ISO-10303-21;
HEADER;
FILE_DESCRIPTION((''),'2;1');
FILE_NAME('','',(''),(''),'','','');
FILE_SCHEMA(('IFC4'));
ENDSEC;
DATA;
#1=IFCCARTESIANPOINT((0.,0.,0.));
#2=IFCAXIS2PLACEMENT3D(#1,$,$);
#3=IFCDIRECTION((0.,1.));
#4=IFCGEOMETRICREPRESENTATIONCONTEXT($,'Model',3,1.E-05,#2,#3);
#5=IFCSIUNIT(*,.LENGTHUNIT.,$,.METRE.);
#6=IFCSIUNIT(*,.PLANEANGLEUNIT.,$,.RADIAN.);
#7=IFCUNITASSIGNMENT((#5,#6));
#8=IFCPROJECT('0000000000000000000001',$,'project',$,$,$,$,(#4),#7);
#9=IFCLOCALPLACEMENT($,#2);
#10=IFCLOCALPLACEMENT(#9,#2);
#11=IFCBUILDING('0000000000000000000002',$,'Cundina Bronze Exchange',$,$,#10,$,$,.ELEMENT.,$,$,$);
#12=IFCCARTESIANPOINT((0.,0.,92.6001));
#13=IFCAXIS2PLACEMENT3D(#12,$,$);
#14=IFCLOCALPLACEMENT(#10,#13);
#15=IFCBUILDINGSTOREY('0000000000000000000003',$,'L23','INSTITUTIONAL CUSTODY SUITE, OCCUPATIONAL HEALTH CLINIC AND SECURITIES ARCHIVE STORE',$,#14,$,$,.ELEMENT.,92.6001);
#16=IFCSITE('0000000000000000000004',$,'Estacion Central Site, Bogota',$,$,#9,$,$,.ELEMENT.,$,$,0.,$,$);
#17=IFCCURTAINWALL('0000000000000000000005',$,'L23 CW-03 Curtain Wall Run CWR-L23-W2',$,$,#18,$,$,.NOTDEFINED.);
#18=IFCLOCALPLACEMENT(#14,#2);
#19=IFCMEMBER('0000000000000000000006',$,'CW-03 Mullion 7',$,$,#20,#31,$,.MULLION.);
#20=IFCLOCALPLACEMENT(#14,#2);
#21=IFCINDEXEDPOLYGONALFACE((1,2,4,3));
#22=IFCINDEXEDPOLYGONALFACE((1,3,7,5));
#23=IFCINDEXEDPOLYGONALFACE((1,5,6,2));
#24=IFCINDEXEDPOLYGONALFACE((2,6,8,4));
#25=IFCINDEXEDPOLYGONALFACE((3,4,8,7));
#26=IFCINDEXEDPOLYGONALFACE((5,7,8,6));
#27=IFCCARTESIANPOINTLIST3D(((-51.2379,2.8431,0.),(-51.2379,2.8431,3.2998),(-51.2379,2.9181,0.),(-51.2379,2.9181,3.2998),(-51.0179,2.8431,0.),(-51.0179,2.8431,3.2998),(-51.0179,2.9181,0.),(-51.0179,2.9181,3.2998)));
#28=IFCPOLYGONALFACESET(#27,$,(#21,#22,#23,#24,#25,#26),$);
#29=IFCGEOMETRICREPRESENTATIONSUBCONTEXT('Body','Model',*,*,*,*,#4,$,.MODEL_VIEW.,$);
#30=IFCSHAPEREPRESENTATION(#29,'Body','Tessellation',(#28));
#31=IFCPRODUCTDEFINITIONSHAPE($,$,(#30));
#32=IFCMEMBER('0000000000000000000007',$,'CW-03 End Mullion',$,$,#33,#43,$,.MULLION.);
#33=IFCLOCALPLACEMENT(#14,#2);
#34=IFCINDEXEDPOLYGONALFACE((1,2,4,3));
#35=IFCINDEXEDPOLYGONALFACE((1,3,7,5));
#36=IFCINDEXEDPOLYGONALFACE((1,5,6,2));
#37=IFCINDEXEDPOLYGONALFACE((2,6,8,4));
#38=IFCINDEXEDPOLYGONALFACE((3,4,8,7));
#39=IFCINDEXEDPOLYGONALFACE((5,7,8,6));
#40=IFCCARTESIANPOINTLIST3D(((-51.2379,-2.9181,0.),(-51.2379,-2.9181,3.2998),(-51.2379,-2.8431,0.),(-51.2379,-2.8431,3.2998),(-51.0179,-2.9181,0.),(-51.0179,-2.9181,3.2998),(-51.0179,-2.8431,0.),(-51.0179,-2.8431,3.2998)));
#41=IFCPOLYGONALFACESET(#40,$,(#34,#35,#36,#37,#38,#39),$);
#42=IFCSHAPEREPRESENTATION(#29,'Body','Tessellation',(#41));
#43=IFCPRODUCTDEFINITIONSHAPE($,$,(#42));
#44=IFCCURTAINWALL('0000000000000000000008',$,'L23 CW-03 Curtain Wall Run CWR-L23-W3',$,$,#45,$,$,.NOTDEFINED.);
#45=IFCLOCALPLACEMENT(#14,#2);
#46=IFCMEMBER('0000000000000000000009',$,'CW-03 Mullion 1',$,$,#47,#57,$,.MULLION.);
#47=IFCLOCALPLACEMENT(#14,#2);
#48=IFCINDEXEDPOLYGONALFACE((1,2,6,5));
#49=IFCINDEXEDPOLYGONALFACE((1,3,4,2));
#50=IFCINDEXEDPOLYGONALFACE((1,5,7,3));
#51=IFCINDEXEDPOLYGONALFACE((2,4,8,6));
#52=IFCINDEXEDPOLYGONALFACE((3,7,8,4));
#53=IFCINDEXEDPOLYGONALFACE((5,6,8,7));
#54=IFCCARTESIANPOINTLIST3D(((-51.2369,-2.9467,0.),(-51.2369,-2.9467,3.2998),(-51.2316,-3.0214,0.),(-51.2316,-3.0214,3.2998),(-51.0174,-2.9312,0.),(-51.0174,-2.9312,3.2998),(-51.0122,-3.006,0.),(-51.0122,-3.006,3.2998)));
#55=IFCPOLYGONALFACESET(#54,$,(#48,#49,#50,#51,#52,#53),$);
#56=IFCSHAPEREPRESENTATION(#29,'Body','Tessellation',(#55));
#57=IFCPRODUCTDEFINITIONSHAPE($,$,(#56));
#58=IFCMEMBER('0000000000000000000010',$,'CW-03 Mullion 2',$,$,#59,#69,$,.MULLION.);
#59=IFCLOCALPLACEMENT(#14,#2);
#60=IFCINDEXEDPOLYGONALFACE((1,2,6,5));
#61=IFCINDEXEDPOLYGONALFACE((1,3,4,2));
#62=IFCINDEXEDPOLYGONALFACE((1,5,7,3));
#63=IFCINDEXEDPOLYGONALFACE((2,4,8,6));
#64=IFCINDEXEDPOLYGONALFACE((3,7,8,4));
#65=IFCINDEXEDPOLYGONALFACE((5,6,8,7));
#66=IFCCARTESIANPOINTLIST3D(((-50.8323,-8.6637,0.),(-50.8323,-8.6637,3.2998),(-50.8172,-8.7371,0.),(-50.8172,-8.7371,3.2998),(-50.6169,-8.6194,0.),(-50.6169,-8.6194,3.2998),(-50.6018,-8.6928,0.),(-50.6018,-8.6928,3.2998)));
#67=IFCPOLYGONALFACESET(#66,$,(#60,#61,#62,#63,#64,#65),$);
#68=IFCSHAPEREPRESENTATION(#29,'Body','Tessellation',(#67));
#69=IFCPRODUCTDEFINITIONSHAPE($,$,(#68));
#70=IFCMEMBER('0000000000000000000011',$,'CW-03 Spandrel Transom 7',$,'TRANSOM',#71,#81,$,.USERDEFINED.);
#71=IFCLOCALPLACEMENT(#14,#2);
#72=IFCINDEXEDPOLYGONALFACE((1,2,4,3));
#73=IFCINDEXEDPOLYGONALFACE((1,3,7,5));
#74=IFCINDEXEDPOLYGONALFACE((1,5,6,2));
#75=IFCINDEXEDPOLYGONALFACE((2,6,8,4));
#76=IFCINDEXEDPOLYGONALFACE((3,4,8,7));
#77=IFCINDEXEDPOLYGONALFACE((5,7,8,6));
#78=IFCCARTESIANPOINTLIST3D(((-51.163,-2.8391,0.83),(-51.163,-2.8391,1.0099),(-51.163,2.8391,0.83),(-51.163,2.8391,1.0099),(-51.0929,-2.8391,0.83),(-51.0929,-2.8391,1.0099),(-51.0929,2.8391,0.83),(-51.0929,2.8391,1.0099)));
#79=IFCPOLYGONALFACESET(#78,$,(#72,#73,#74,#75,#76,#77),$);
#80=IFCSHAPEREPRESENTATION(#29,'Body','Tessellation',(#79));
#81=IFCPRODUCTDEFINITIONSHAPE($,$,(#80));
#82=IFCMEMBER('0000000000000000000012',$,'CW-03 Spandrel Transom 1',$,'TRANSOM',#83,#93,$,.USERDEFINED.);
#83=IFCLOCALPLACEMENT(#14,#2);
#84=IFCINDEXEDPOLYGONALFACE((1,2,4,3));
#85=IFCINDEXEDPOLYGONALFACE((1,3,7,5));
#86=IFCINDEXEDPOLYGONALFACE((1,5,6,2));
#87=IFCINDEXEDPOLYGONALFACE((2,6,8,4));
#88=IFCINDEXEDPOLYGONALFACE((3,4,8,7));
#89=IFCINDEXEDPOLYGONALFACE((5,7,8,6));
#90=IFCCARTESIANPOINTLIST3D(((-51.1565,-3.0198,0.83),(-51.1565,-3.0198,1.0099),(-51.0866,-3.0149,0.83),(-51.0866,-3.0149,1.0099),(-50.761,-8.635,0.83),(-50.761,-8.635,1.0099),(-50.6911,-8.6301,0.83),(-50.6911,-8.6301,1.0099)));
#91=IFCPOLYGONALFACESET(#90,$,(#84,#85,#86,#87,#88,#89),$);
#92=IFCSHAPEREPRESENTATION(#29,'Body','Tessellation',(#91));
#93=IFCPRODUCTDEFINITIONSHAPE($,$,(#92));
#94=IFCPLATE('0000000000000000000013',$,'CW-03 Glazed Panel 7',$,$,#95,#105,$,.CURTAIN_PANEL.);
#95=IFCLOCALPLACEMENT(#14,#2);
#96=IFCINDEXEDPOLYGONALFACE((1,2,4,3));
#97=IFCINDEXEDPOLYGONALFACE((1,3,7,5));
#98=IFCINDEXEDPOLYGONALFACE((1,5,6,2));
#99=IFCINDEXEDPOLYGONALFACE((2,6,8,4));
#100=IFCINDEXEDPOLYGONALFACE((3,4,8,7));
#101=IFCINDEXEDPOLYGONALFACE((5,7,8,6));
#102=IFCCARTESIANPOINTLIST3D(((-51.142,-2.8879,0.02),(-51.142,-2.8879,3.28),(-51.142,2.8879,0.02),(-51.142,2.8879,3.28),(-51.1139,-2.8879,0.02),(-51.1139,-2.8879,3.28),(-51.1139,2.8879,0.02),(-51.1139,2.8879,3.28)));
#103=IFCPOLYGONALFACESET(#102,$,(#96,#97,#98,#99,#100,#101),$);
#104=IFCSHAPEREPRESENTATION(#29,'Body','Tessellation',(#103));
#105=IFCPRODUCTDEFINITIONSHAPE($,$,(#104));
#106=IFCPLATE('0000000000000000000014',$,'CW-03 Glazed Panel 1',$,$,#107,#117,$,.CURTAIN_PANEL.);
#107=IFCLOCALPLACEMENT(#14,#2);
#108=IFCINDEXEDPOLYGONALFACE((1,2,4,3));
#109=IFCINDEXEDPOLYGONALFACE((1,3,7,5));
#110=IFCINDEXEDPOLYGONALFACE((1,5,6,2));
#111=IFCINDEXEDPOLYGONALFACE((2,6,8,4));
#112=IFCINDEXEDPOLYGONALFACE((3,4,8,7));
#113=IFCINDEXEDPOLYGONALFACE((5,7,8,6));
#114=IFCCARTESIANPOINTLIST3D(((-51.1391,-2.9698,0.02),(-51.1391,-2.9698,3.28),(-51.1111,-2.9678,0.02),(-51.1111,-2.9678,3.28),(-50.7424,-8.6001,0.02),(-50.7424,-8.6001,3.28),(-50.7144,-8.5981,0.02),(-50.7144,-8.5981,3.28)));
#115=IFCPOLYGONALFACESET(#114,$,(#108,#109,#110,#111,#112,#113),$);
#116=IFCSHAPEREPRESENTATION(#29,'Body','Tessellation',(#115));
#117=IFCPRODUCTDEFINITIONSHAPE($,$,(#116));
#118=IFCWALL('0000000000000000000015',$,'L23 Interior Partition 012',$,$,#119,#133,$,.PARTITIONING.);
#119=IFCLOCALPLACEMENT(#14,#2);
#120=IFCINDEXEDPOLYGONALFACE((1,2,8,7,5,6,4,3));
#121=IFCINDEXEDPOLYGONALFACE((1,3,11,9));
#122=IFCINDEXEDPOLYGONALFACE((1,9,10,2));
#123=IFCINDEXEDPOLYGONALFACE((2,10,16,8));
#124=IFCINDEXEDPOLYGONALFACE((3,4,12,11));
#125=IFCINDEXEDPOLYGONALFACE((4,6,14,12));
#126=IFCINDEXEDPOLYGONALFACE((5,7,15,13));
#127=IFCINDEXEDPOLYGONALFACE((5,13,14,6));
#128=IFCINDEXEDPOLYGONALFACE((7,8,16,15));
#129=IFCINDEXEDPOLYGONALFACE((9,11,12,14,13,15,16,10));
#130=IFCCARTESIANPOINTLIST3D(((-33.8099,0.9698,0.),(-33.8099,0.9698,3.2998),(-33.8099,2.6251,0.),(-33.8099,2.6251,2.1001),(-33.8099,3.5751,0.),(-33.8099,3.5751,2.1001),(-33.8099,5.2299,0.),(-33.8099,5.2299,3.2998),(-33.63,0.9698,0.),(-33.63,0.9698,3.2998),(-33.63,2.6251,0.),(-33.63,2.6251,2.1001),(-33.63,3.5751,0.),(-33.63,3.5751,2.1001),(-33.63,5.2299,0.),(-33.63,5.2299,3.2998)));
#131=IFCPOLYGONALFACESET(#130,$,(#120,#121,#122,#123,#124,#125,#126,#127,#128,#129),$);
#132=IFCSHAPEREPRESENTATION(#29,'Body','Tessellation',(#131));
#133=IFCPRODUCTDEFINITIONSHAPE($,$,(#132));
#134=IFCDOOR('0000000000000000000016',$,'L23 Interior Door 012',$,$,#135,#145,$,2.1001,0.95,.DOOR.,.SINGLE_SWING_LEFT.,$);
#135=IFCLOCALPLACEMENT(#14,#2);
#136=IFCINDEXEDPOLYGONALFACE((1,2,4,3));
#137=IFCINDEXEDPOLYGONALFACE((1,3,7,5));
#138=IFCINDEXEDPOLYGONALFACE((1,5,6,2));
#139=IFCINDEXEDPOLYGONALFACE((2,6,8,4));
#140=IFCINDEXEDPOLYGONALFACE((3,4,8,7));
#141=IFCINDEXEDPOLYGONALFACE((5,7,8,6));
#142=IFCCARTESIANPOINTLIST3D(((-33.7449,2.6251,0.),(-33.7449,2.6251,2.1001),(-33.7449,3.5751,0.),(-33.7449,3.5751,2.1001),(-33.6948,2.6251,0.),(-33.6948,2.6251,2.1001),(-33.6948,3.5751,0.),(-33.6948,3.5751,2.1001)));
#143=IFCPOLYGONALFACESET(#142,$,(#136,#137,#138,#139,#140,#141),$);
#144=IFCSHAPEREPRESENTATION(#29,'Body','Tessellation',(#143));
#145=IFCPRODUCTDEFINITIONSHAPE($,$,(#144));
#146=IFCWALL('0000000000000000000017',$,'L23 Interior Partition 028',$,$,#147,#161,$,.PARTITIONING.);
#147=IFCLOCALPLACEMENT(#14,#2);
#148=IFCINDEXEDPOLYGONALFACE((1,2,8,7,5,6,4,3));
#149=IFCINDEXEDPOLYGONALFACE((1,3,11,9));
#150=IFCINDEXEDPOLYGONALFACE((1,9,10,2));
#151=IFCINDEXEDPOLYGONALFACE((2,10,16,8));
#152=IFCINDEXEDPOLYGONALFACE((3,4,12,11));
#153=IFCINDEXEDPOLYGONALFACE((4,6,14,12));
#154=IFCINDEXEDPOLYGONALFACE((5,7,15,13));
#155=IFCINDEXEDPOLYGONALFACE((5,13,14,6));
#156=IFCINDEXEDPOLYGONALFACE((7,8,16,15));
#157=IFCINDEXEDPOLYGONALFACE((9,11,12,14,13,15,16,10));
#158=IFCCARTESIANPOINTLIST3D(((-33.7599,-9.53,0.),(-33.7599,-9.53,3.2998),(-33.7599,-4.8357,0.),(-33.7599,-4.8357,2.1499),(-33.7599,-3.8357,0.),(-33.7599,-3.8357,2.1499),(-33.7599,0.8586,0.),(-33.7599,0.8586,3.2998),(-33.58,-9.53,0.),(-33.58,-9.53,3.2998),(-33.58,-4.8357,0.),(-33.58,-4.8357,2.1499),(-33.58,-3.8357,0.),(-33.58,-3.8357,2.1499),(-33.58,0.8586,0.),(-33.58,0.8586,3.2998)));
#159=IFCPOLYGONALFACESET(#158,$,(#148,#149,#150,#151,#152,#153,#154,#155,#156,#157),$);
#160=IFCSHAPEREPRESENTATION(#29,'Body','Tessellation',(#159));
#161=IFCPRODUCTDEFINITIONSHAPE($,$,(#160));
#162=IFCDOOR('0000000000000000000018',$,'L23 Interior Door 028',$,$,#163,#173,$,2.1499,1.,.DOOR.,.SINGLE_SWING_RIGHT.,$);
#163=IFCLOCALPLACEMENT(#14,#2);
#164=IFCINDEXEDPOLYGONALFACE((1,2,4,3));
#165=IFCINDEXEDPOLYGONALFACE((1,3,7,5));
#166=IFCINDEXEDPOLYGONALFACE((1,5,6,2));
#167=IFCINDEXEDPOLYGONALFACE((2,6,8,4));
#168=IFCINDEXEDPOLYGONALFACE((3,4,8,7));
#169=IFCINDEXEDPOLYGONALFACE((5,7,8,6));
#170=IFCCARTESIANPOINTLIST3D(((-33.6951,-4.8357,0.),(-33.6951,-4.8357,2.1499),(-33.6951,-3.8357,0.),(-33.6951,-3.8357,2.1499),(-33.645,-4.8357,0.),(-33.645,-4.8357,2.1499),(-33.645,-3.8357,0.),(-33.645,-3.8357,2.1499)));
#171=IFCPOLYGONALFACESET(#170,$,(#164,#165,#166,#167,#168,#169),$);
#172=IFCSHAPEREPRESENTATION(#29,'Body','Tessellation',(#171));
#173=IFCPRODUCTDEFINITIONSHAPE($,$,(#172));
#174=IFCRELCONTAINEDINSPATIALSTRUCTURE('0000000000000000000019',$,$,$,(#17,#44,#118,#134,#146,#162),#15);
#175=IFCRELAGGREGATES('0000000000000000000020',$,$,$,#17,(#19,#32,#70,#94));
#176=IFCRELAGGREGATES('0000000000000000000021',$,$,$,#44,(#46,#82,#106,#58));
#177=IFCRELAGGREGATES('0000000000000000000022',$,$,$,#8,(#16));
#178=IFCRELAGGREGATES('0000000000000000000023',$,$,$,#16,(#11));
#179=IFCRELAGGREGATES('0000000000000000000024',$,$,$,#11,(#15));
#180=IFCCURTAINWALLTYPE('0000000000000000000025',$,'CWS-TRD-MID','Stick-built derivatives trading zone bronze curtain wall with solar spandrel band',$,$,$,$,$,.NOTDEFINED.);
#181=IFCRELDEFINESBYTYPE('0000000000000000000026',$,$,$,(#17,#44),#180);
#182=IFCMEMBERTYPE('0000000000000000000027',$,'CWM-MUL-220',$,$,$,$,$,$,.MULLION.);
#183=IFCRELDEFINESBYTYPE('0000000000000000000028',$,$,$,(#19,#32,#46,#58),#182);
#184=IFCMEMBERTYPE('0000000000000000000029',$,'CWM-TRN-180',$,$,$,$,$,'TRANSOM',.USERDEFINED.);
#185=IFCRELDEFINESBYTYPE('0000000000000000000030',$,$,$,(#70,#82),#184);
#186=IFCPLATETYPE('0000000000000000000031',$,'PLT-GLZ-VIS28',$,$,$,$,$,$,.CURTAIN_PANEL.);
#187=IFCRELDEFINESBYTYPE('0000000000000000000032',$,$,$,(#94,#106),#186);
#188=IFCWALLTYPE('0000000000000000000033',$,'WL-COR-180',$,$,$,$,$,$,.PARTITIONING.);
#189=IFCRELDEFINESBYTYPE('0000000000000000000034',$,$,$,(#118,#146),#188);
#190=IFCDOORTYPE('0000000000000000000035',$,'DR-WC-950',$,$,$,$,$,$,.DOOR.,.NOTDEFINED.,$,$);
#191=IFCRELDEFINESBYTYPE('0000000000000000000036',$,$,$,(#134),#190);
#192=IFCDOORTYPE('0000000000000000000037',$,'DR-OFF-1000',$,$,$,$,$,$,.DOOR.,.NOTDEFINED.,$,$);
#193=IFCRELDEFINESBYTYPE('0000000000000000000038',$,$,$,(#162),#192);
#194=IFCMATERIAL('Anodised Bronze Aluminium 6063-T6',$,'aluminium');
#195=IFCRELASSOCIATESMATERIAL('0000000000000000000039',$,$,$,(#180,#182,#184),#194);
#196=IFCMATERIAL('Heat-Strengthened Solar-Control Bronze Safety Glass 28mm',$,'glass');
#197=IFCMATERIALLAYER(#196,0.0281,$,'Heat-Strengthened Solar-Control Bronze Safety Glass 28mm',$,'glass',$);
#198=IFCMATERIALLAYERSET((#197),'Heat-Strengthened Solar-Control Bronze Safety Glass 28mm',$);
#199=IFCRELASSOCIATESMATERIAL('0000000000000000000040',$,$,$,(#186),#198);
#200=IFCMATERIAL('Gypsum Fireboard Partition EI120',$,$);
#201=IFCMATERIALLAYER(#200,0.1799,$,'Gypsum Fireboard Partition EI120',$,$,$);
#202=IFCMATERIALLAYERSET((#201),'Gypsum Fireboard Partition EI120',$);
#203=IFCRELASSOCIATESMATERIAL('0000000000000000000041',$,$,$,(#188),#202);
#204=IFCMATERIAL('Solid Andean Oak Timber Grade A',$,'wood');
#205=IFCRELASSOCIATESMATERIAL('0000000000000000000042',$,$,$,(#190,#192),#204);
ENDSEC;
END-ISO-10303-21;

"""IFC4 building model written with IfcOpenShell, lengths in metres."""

from ifc_helpers import new_model, si_unit, direction, frame, frame_2d, origin, origin_2d, place, context, subcontext, project, spatial, rectangle, extrude, material, layer, layer_set, material_profile, profile_set, type_object, element, fill, aggregate, save


model = new_model("IFC4")

# Units and contexts
model_context = context("Model", 3, precision=1e-05, world=origin(), true_north=direction((0.0, 1.0)))
body_context = subcontext(model_context, "Body", "Model", "MODEL_VIEW")
ifc_project = project(units=[si_unit("LENGTHUNIT", "METRE"), si_unit("PLANEANGLEUNIT", "RADIAN")], contexts=[model_context])

# Site, building, storey
site_placement = place(None, origin())
site = spatial("IfcSite", under=ifc_project, at=site_placement, Name="Estacion Central Site, Bogota", CompositionType="ELEMENT", RefElevation=0.0)
building_placement = place(site_placement, origin())
building = spatial("IfcBuilding", under=site, at=building_placement, Name="Cundina Bronze Exchange", CompositionType="ELEMENT")
storey_placement = place(building_placement, frame((0.0, 0.0, 92.6001)))
storey = spatial("IfcBuildingStorey", under=building, at=storey_placement, Name="L23", Description="INSTITUTIONAL CUSTODY SUITE, OCCUPATIONAL HEALTH CLINIC AND SECURITIES ARCHIVE STORE", CompositionType="ELEMENT", Elevation=92.6001)

# Curtain walls, members
ifc_material_1 = material(Name="Anodised Bronze Aluminium 6063-T6", Category="aluminium")
curtain_wall_type = type_object("IfcCurtainWallType", Name="CWS-TRD-MID", Description="Stick-built derivatives trading zone bronze curtain wall with solar spandrel band", PredefinedType="NOTDEFINED", material=ifc_material_1)
curtain_wall_1_placement = place(storey_placement, origin())
curtain_wall_1 = element("IfcCurtainWall", 1, at=curtain_wall_1_placement, inside=storey, type_object=curtain_wall_type, Name="L23 CW-03 Curtain Wall Run CWR-L23-W2", PredefinedType="NOTDEFINED")
ifc_material_profile_1 = material_profile(ifc_material_1, rectangle(XDim=0.075, YDim=0.22, at=origin_2d()), Name="AL75X220", Category="aluminium")
ifc_profile_set_1 = profile_set([ifc_material_profile_1], Name="Anodised Bronze Aluminium 6063-T6")
member_type_1 = type_object("IfcMemberType", Name="CWM-MUL-220", PredefinedType="MULLION", material=ifc_profile_set_1)
member_1_placement = place(storey_placement, frame((-51.1279, 2.8806, 0.0), z_axis=(0.0, 0.0, 1.0), x_axis=(0.0, -1.0, 0.0)))
member_1 = element("IfcMember", 2, at=member_1_placement, type_object=member_type_1, Name="CW-03 Mullion 7", PredefinedType="MULLION", context=body_context, shape_type="SweptSolid", body=[
    extrude(rectangle(XDim=0.075, YDim=0.22, at=origin_2d()), origin(), (0.0, 0.0, 1.0), 3.2998),
])
member_2_placement = place(storey_placement, frame((-51.1279, -2.8806, 0.0), z_axis=(0.0, 0.0, 1.0), x_axis=(0.0, -1.0, 0.0)))
member_2 = element("IfcMember", 3, at=member_2_placement, type_object=member_type_1, Name="CW-03 End Mullion", PredefinedType="MULLION", context=body_context, shape_type="SweptSolid", body=[
    extrude(rectangle(XDim=0.075, YDim=0.22, at=origin_2d()), origin(), (0.0, 0.0, 1.0), 3.2998),
])
curtain_wall_2_placement = place(storey_placement, origin())
curtain_wall_2 = element("IfcCurtainWall", 4, at=curtain_wall_2_placement, inside=storey, type_object=curtain_wall_type, Name="L23 CW-03 Curtain Wall Run CWR-L23-W3", PredefinedType="NOTDEFINED")
member_3_placement = place(storey_placement, frame((-51.1245, -2.9763, 0.0), z_axis=(0.0, 0.0, 1.0), x_axis=(0.070279, -0.997527, 0.0)))
member_3 = element("IfcMember", 5, at=member_3_placement, type_object=member_type_1, Name="CW-03 Mullion 1", PredefinedType="MULLION", context=body_context, shape_type="SweptSolid", body=[
    extrude(rectangle(XDim=0.075, YDim=0.22, at=origin_2d()), origin(), (0.0, 0.0, 1.0), 3.2998),
])
member_4_placement = place(storey_placement, frame((-50.717, -8.6782, 0.0), z_axis=(0.0, 0.0, 1.0), x_axis=(0.20142, -0.979505, 0.0)))
member_4 = element("IfcMember", 6, at=member_4_placement, type_object=member_type_1, Name="CW-03 Mullion 2", PredefinedType="MULLION", context=body_context, shape_type="SweptSolid", body=[
    extrude(rectangle(XDim=0.075, YDim=0.22, at=origin_2d()), origin(), (0.0, 0.0, 1.0), 3.2998),
])

# Members
ifc_material_profile_2 = material_profile(ifc_material_1, rectangle(XDim=0.0701, YDim=0.1799, at=origin_2d()), Name="AL70X180", Category="aluminium")
ifc_profile_set_2 = profile_set([ifc_material_profile_2], Name="Anodised Bronze Aluminium 6063-T6")
member_type_2 = type_object("IfcMemberType", Name="CWM-TRN-180", ElementType="TRANSOM", PredefinedType="USERDEFINED", material=ifc_profile_set_2)
member_5_placement = place(storey_placement, frame((-51.1279, 2.8391, 0.9199), z_axis=(0.0, -1.0, 0.0), x_axis=(1.0, 0.0, 0.0)))
member_5 = element("IfcMember", 7, at=member_5_placement, type_object=member_type_2, Name="CW-03 Spandrel Transom 7", ObjectType="TRANSOM", PredefinedType="USERDEFINED", context=body_context, shape_type="SweptSolid", body=[
    extrude(rectangle(XDim=0.0701, YDim=0.1799, at=origin_2d()), origin(), (0.0, 0.0, 1.0), 5.6782),
])
member_6_placement = place(storey_placement, frame((-51.1216, -3.0173, 0.9199), z_axis=(0.070261, -0.997529, 0.0), x_axis=(0.997529, 0.070261, 0.0)))
member_6 = element("IfcMember", 8, at=member_6_placement, type_object=member_type_2, Name="CW-03 Spandrel Transom 1", ObjectType="TRANSOM", PredefinedType="USERDEFINED", context=body_context, shape_type="SweptSolid", body=[
    extrude(rectangle(XDim=0.0701, YDim=0.1799, at=origin_2d()), origin(), (0.0, 0.0, 1.0), 5.6292),
])

# Plates
ifc_material_2 = material(Name="Heat-Strengthened Solar-Control Bronze Safety Glass 28mm", Category="glass")
ifc_layer_1 = layer(ifc_material_2, 0.0281, Name="Heat-Strengthened Solar-Control Bronze Safety Glass 28mm", Category="glass")
ifc_layer_set_1 = layer_set([ifc_layer_1], Name="Heat-Strengthened Solar-Control Bronze Safety Glass 28mm")
plate_type = type_object("IfcPlateType", Name="PLT-GLZ-VIS28", PredefinedType="CURTAIN_PANEL", material=ifc_layer_set_1)
plate_1_placement = place(storey_placement, frame((-51.1279, 0.0, 0.02), z_axis=(0.0, 0.0, 1.0), x_axis=(0.0, -1.0, 0.0)))
plate_1 = element("IfcPlate", 9, at=plate_1_placement, type_object=plate_type, Name="CW-03 Glazed Panel 7", PredefinedType="CURTAIN_PANEL", context=body_context, shape_type="SweptSolid", body=[
    extrude(rectangle(XDim=5.7759, YDim=0.0281, at=origin_2d()), origin(), (0.0, 0.0, 1.0), 3.26),
])
aggregate(curtain_wall_1, [member_1, member_2, member_5, plate_1])
plate_2_placement = place(storey_placement, frame((-50.9268, -5.7839, 0.02), z_axis=(0.0, 0.0, 1.0), x_axis=(0.070279, -0.997527, 0.0)))
plate_2 = element("IfcPlate", 10, at=plate_2_placement, type_object=plate_type, Name="CW-03 Glazed Panel 1", PredefinedType="CURTAIN_PANEL", context=body_context, shape_type="SweptSolid", body=[
    extrude(rectangle(XDim=5.6443, YDim=0.0281, at=origin_2d()), origin(), (0.0, 0.0, 1.0), 3.26),
])
aggregate(curtain_wall_2, [member_3, member_6, plate_2, member_4])

# Walls, openings, doors
ifc_material_3 = material(Name="Gypsum Fireboard Partition EI120")
ifc_layer_2 = layer(ifc_material_3, 0.1799, Name="Gypsum Fireboard Partition EI120")
ifc_layer_set_2 = layer_set([ifc_layer_2], Name="Gypsum Fireboard Partition EI120")
wall_type_1 = type_object("IfcWallType", Name="WL-COR-180", PredefinedType="PARTITIONING", material=ifc_layer_set_2)
wall_1_placement = place(storey_placement, frame((-33.72, 0.97, 0.0), z_axis=(0.0, 0.0, 1.0), x_axis=(0.0, 1.0, 0.0)))
wall_1 = element("IfcWall", 11, at=wall_1_placement, inside=storey, type_object=wall_type_1, Name="L23 Interior Partition 012", PredefinedType="PARTITIONING", context=body_context, shape_type="SweptSolid", body=[
    extrude(rectangle(XDim=4.26, YDim=0.1799, at=frame_2d((2.1299, 0.0))), origin(), (0.0, 0.0, 1.0), 3.2998),
])
opening_1_placement = place(wall_1_placement, frame((1.655, 0.0, 0.0)))
opening_1 = element("IfcOpeningElement", 12, at=opening_1_placement, cuts=wall_1, PredefinedType="OPENING", context=body_context, shape_type="SweptSolid", body=[
    extrude(rectangle(XDim=0.95, YDim=2.1001, at=frame_2d((0.4751, 1.05))), frame((0.0, 0.0999, 0.0), z_axis=(0.0, -1.0, 0.0), x_axis=(1.0, 0.0, 0.0)), (0.0, 0.0, 1.0), 0.2),
])
ifc_material_4 = material(Name="Solid Andean Oak Timber Grade A", Category="wood")
door_type_1 = type_object("IfcDoorType", Name="DR-WC-950", OperationType="NOTDEFINED", PredefinedType="DOOR", material=ifc_material_4)
door_1_placement = place(opening_1_placement, origin())
door_1 = element("IfcDoor", 13, at=door_1_placement, inside=storey, type_object=door_type_1, Name="L23 Interior Door 012", OperationType="SINGLE_SWING_LEFT", OverallHeight=2.1001, OverallWidth=0.95, PredefinedType="DOOR", context=body_context, shape_type="SweptSolid", body=[
    extrude(rectangle(XDim=0.95, YDim=2.1001, at=frame_2d((0.4751, 1.05))), frame((0.0, 0.0249, 0.0), z_axis=(0.0, -1.0, 0.0), x_axis=(1.0, 0.0, 0.0)), (0.0, 0.0, 1.0), 0.05),
])
fill(opening_1, door_1)
wall_2_placement = place(storey_placement, frame((-33.6699, 0.8586, 0.0), z_axis=(0.0, 0.0, 1.0), x_axis=(0.0, -1.0, 0.0)))
wall_2 = element("IfcWall", 14, at=wall_2_placement, inside=storey, type_object=wall_type_1, Name="L23 Interior Partition 028", PredefinedType="PARTITIONING", context=body_context, shape_type="SweptSolid", body=[
    extrude(rectangle(XDim=10.3887, YDim=0.1799, at=frame_2d((5.1943, 0.0))), origin(), (0.0, 0.0, 1.0), 3.2998),
])
opening_2_placement = place(wall_2_placement, frame((4.6943, 0.0, 0.0)))
opening_2 = element("IfcOpeningElement", 15, at=opening_2_placement, cuts=wall_2, PredefinedType="OPENING", context=body_context, shape_type="SweptSolid", body=[
    extrude(rectangle(XDim=1.0, YDim=2.1499, at=frame_2d((0.5, 1.075))), frame((0.0, 0.0999, 0.0), z_axis=(0.0, -1.0, 0.0), x_axis=(1.0, 0.0, 0.0)), (0.0, 0.0, 1.0), 0.2),
])
door_type_2 = type_object("IfcDoorType", Name="DR-OFF-1000", OperationType="NOTDEFINED", PredefinedType="DOOR", material=ifc_material_4)
door_2_placement = place(opening_2_placement, origin())
door_2 = element("IfcDoor", 16, at=door_2_placement, inside=storey, type_object=door_type_2, Name="L23 Interior Door 028", OperationType="SINGLE_SWING_RIGHT", OverallHeight=2.1499, OverallWidth=1.0, PredefinedType="DOOR", context=body_context, shape_type="SweptSolid", body=[
    extrude(rectangle(XDim=1.0, YDim=2.1499, at=frame_2d((0.5, 1.075))), frame((0.0, 0.0249, 0.0), z_axis=(0.0, -1.0, 0.0), x_axis=(1.0, 0.0, 0.0)), (0.0, 0.0, 1.0), 0.05),
])
fill(opening_2, door_2)

save(model, "model.ifc")
